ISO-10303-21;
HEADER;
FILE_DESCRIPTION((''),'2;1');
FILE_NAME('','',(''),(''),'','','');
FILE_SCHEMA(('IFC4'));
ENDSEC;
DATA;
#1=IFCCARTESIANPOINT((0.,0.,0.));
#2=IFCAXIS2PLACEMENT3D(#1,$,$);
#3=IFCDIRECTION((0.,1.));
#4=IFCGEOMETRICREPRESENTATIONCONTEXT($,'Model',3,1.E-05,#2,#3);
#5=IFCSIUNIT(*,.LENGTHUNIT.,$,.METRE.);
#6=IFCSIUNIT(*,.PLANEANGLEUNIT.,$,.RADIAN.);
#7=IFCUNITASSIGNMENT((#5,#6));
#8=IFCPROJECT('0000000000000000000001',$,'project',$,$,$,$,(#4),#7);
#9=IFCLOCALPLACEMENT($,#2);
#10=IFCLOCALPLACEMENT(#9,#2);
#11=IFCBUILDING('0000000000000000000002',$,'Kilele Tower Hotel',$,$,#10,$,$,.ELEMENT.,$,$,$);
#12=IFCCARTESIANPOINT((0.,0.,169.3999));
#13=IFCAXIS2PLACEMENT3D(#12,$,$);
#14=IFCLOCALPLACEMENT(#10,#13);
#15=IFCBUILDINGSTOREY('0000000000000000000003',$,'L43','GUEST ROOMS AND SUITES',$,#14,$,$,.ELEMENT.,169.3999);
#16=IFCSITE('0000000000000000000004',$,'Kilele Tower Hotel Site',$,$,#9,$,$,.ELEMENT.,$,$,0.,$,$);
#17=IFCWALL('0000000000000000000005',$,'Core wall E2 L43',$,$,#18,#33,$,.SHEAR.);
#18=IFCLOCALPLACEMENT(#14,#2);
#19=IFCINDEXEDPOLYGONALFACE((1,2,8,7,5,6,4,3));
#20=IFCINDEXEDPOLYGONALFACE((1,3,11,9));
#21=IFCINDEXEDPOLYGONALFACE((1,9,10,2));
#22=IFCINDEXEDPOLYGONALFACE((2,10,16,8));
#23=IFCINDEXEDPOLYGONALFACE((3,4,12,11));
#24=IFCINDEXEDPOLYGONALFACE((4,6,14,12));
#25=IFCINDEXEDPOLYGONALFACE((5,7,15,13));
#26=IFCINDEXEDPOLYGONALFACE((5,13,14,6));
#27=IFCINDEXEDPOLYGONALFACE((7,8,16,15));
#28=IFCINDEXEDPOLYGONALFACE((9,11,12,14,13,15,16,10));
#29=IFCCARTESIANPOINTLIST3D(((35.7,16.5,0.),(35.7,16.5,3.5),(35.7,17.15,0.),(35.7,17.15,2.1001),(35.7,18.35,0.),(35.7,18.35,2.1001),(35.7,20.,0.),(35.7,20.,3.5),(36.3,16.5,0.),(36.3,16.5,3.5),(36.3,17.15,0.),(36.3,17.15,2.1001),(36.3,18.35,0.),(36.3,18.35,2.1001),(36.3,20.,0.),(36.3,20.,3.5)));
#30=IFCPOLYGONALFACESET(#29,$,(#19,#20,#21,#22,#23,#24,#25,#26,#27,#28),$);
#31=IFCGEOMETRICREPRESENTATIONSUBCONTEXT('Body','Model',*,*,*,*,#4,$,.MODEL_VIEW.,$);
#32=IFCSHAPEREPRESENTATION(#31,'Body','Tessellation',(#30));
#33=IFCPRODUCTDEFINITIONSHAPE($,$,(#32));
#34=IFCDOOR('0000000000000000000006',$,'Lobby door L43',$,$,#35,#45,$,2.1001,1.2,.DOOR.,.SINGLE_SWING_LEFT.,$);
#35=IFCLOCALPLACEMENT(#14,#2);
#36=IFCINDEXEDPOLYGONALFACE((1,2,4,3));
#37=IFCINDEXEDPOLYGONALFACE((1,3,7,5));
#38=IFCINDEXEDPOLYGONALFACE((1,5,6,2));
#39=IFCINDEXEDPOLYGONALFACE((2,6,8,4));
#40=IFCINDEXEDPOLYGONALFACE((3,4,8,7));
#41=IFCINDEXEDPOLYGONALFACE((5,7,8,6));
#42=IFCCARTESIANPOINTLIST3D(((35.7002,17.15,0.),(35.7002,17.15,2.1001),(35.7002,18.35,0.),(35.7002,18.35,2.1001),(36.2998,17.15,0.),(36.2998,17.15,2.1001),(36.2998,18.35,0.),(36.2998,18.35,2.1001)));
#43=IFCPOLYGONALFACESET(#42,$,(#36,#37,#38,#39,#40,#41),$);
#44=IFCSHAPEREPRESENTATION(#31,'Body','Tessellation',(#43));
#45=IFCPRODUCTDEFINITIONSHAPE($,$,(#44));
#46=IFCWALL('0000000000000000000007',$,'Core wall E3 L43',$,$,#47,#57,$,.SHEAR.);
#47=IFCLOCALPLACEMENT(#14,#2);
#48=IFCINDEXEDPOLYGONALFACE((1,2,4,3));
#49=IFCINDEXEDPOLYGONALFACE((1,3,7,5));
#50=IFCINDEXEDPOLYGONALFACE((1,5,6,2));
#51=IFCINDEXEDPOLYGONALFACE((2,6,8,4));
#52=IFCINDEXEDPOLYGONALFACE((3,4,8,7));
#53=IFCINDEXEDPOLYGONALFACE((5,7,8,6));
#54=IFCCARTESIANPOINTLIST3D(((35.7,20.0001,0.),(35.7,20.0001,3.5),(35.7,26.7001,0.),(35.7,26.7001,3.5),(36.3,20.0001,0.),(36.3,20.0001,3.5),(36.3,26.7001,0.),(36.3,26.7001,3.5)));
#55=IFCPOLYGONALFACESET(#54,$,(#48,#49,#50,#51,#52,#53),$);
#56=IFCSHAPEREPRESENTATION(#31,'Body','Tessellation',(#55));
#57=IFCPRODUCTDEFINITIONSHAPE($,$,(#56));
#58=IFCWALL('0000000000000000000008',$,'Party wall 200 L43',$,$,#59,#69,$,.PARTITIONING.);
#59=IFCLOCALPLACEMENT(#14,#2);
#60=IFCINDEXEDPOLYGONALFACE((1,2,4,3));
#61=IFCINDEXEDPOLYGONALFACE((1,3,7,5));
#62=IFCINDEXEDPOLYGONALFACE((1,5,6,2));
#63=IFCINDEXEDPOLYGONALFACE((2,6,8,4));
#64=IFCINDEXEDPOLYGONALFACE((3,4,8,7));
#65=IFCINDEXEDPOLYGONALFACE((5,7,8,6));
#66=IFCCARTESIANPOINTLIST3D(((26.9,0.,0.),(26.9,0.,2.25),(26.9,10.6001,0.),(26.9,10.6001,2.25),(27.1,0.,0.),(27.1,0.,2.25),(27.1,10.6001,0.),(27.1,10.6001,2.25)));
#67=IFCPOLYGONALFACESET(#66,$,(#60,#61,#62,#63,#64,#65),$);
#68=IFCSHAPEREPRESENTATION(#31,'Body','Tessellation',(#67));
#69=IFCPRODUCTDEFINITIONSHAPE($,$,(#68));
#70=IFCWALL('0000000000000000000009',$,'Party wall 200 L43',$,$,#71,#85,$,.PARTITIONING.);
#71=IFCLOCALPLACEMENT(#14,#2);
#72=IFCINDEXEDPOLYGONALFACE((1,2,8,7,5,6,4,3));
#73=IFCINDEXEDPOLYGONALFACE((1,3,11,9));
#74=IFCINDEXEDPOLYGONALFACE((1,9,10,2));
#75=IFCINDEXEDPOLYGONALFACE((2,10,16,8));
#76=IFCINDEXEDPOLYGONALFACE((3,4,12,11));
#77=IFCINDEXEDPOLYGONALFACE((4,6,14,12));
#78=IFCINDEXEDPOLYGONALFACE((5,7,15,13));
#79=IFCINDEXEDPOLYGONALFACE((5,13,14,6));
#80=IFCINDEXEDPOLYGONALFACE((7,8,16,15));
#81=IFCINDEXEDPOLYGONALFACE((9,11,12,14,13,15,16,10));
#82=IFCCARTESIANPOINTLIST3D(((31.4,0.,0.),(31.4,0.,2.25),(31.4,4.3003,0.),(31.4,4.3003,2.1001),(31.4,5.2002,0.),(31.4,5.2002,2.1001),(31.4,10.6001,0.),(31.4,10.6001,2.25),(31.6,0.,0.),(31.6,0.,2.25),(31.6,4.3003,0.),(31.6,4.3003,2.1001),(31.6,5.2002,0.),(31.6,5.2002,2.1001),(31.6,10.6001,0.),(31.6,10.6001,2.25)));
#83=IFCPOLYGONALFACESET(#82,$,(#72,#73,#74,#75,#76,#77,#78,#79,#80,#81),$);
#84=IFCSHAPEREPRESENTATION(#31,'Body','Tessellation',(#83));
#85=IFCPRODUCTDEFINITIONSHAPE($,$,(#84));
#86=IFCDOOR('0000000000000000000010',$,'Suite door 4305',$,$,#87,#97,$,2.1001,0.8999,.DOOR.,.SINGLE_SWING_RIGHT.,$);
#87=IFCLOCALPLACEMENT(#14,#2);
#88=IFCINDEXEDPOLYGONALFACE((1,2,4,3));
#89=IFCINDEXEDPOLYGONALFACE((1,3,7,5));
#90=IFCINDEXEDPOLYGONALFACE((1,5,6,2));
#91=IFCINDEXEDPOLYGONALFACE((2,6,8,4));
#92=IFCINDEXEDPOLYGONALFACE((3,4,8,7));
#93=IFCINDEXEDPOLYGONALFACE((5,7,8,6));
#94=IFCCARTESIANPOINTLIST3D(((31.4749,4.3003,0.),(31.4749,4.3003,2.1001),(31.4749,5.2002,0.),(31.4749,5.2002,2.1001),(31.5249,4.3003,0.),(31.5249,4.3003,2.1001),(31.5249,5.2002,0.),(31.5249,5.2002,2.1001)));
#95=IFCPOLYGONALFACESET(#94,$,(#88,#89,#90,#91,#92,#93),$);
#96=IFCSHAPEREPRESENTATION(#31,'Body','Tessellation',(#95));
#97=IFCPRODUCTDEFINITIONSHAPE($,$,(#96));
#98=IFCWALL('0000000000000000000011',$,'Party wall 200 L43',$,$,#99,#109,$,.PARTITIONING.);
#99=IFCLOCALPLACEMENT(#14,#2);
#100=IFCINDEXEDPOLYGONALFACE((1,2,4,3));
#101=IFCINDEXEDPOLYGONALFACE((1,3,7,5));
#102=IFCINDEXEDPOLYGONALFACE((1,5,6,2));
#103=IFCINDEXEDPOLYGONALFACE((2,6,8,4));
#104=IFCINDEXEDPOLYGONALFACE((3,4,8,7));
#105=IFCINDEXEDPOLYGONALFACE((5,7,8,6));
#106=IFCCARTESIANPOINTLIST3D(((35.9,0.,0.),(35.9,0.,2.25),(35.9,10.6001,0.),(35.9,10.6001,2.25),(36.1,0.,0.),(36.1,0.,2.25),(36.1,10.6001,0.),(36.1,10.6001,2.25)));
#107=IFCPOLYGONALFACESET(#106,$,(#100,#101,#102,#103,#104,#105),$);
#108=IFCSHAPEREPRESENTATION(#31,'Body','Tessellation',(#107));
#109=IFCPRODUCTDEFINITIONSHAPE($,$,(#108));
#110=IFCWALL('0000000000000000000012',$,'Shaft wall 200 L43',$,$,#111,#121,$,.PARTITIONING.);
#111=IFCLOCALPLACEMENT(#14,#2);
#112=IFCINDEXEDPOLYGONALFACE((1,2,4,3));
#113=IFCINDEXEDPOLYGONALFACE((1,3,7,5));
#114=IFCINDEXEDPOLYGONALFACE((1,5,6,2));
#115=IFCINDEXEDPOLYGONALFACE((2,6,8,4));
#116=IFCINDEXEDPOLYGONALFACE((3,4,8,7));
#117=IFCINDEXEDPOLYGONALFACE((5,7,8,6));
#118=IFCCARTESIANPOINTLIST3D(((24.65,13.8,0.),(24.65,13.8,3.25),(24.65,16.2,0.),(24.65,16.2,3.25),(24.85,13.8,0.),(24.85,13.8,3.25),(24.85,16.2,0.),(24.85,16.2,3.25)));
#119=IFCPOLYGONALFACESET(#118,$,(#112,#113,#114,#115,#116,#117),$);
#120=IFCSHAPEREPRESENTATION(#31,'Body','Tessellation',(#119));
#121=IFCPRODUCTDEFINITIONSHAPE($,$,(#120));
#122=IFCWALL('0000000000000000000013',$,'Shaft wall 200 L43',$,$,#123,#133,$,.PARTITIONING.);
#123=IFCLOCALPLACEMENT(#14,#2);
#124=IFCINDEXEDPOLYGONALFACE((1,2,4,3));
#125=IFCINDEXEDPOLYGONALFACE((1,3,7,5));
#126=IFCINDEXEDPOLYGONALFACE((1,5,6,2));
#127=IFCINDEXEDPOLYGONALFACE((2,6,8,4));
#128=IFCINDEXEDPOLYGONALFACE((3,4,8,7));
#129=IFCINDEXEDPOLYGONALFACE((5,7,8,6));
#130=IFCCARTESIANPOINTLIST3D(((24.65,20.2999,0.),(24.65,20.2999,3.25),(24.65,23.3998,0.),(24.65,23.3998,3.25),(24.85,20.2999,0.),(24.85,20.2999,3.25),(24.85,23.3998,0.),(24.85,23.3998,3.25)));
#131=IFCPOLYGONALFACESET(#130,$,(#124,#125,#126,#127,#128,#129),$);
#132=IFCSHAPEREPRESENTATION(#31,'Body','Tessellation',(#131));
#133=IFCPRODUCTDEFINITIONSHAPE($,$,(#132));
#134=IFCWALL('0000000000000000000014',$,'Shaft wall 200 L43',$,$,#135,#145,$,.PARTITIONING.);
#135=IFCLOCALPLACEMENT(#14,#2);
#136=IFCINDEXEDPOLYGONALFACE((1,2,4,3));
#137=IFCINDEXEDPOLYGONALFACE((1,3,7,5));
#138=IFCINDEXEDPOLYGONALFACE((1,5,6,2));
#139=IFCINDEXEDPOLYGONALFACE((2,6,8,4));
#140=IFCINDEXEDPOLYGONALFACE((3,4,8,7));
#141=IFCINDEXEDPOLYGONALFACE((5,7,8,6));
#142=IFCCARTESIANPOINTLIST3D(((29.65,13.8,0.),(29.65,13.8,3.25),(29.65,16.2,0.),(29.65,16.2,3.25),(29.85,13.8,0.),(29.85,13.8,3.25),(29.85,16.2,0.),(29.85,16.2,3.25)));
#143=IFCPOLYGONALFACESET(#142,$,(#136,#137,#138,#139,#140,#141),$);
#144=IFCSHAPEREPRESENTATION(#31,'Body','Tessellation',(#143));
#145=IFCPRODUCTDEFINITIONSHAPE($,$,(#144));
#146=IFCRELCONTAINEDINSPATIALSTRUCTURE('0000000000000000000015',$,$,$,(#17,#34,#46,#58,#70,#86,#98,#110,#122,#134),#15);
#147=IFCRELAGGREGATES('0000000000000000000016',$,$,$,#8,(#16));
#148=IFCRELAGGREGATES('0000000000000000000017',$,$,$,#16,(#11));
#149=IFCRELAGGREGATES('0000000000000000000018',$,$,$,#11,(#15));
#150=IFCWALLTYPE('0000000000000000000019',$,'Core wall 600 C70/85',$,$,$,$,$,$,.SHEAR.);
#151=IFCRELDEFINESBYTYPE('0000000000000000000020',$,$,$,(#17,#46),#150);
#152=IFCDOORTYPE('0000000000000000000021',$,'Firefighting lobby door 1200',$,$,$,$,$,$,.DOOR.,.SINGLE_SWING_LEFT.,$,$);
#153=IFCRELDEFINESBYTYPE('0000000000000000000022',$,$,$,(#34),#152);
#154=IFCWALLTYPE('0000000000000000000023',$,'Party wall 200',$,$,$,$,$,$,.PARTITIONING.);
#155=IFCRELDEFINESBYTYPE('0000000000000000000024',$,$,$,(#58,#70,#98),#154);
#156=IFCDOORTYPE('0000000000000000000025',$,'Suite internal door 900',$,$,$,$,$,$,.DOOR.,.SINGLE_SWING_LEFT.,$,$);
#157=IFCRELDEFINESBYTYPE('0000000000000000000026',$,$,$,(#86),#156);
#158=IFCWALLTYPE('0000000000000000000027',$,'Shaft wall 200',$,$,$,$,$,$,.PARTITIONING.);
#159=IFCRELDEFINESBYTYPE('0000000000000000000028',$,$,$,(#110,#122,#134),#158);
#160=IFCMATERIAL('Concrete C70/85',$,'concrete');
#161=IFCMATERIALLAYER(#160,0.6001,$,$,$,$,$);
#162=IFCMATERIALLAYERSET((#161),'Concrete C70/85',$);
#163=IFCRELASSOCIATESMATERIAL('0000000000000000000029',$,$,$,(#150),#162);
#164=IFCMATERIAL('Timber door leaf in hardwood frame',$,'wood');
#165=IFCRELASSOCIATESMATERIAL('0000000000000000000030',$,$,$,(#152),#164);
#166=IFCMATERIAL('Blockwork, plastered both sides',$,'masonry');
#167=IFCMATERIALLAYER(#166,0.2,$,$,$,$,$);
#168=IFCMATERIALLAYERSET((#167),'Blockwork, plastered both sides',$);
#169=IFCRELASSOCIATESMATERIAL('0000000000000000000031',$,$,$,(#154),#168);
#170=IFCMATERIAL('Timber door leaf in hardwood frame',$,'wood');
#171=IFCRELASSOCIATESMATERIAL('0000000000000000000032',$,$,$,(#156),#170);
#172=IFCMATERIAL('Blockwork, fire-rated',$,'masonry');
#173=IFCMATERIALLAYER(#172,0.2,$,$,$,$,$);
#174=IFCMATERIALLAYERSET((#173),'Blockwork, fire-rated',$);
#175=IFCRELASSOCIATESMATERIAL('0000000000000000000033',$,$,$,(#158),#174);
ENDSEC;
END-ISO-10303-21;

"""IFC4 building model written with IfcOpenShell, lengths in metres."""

from ifc_helpers import new_model, si_unit, direction, frame, frame_2d, origin, place, context, subcontext, project, spatial, rectangle, extrude, material, layer, layer_set, type_object, element, fill, save


model = new_model("IFC4")

# Units and contexts
model_context = context("Model", 3, precision=1e-05, world=origin(), true_north=direction((0.0, 1.0)))
body_context = subcontext(model_context, "Body", "Model", "MODEL_VIEW")
ifc_project = project(units=[si_unit("LENGTHUNIT", "METRE"), si_unit("PLANEANGLEUNIT", "RADIAN")], contexts=[model_context])

# Site, building, storey
site_placement = place(None, origin())
site = spatial("IfcSite", under=ifc_project, at=site_placement, Name="Kilele Tower Hotel Site", CompositionType="ELEMENT", RefElevation=0.0)
building_placement = place(site_placement, origin())
building = spatial("IfcBuilding", under=site, at=building_placement, Name="Kilele Tower Hotel", CompositionType="ELEMENT")
storey_placement = place(building_placement, frame((0.0, 0.0, 169.3999)))
storey = spatial("IfcBuildingStorey", under=building, at=storey_placement, Name="L43", Description="GUEST ROOMS AND SUITES", CompositionType="ELEMENT", Elevation=169.3999)

# Shared definitions
ifc_material_1 = material(Name="Concrete C70/85", Category="concrete")
ifc_layer_1 = layer(ifc_material_1, 0.6001)
ifc_layer_set_1 = layer_set([ifc_layer_1], Name="Concrete C70/85")
wall_type_1 = type_object("IfcWallType", Name="Core wall 600 C70/85", PredefinedType="SHEAR", material=ifc_layer_set_1)
ifc_material_2 = material(Name="Timber door leaf in hardwood frame", Category="wood")
door_type_1 = type_object("IfcDoorType", Name="Firefighting lobby door 1200", OperationType="SINGLE_SWING_LEFT", PredefinedType="DOOR", material=ifc_material_2)

# Wall, opening, door
wall_1_placement = place(storey_placement, frame((36.0, 16.5, 0.0), z_axis=(0.0, 0.0, 1.0), x_axis=(0.0, 1.0, 0.0)))
wall_1 = element("IfcWall", 1, at=wall_1_placement, inside=storey, type_object=wall_type_1, Name="Core wall E2 L43", PredefinedType="SHEAR", context=body_context, shape_type="SweptSolid", body=[
    extrude(rectangle(XDim=3.5, YDim=0.6001, at=frame_2d((1.75, 0.0))), origin(), (0.0, 0.0, 1.0), 3.5),
])
opening_1_placement = place(wall_1_placement, frame((0.6499, 0.0, 0.0)))
opening_1 = element("IfcOpeningElement", 2, at=opening_1_placement, cuts=wall_1, PredefinedType="OPENING", context=body_context, shape_type="SweptSolid", body=[
    extrude(rectangle(XDim=1.2, YDim=2.1001, at=frame_2d((0.6001, 1.05))), frame((0.0, 0.3101, 0.0), z_axis=(0.0, -1.0, 0.0), x_axis=(1.0, 0.0, 0.0)), (0.0, 0.0, 1.0), 0.6201),
])
door_1_placement = place(opening_1_placement, origin())
door_1 = element("IfcDoor", 3, at=door_1_placement, inside=storey, type_object=door_type_1, Name="Lobby door L43", OperationType="SINGLE_SWING_LEFT", OverallHeight=2.1001, OverallWidth=1.2, PredefinedType="DOOR", context=body_context, shape_type="SweptSolid", body=[
    extrude(rectangle(XDim=1.2, YDim=2.1001, at=frame_2d((0.6001, 1.05))), frame((0.0, 0.2998, 0.0), z_axis=(0.0, -1.0, 0.0), x_axis=(1.0, 0.0, 0.0)), (0.0, 0.0, 1.0), 0.5996),
])
fill(opening_1, door_1)

# Walls
wall_2_placement = place(storey_placement, frame((36.0, 20.0, 0.0), z_axis=(0.0, 0.0, 1.0), x_axis=(0.0, 1.0, 0.0)))
element("IfcWall", 4, at=wall_2_placement, inside=storey, type_object=wall_type_1, Name="Core wall E3 L43", PredefinedType="SHEAR", context=body_context, shape_type="SweptSolid", body=[
    extrude(rectangle(XDim=6.7, YDim=0.6001, at=frame_2d((3.3501, 0.0))), origin(), (0.0, 0.0, 1.0), 3.5),
])
ifc_material_3 = material(Name="Blockwork, plastered both sides", Category="masonry")
ifc_layer_2 = layer(ifc_material_3, 0.2)
ifc_layer_set_2 = layer_set([ifc_layer_2], Name="Blockwork, plastered both sides")
wall_type_2 = type_object("IfcWallType", Name="Party wall 200", PredefinedType="PARTITIONING", material=ifc_layer_set_2)
wall_3_placement = place(storey_placement, frame((27.0, 10.6001, 0.0), z_axis=(0.0, 0.0, 1.0), x_axis=(0.0, -1.0, 0.0)))
element("IfcWall", 5, at=wall_3_placement, inside=storey, type_object=wall_type_2, Name="Party wall 200 L43", PredefinedType="PARTITIONING", context=body_context, shape_type="SweptSolid", body=[
    extrude(rectangle(XDim=10.6001, YDim=0.2, at=frame_2d((5.3, 0.0))), origin(), (0.0, 0.0, 1.0), 2.25),
])

# Wall, opening, door
wall_4_placement = place(storey_placement, frame((31.5, 10.6001, 0.0), z_axis=(0.0, 0.0, 1.0), x_axis=(0.0, -1.0, 0.0)))
wall_4 = element("IfcWall", 6, at=wall_4_placement, inside=storey, type_object=wall_type_2, Name="Party wall 200 L43", PredefinedType="PARTITIONING", context=body_context, shape_type="SweptSolid", body=[
    extrude(rectangle(XDim=10.6001, YDim=0.2, at=frame_2d((5.3, 0.0))), origin(), (0.0, 0.0, 1.0), 2.25),
])
opening_2_placement = place(wall_4_placement, frame((5.3999, 0.0, 0.0)))
opening_2 = element("IfcOpeningElement", 7, at=opening_2_placement, cuts=wall_4, PredefinedType="OPENING", context=body_context, shape_type="SweptSolid", body=[
    extrude(rectangle(XDim=0.8999, YDim=2.1001, at=frame_2d((0.45, 1.05))), frame((0.0, 0.1099, 0.0), z_axis=(0.0, -1.0, 0.0), x_axis=(1.0, 0.0, 0.0)), (0.0, 0.0, 1.0), 0.22),
])
ifc_material_4 = material(Name="Timber door leaf in hardwood frame", Category="wood")
door_type_2 = type_object("IfcDoorType", Name="Suite internal door 900", OperationType="SINGLE_SWING_LEFT", PredefinedType="DOOR", material=ifc_material_4)
door_2_placement = place(opening_2_placement, origin())
door_2 = element("IfcDoor", 8, at=door_2_placement, inside=storey, type_object=door_type_2, Name="Suite door 4305", OperationType="SINGLE_SWING_RIGHT", OverallHeight=2.1001, OverallWidth=0.8999, PredefinedType="DOOR", context=body_context, shape_type="SweptSolid", body=[
    extrude(rectangle(XDim=0.8999, YDim=2.1001, at=frame_2d((0.45, 1.05))), frame((0.0, 0.0249, 0.0), z_axis=(0.0, -1.0, 0.0), x_axis=(1.0, 0.0, 0.0)), (0.0, 0.0, 1.0), 0.05),
])
fill(opening_2, door_2)

# Walls
wall_5_placement = place(storey_placement, frame((36.0, 10.6001, 0.0), z_axis=(0.0, 0.0, 1.0), x_axis=(0.0, -1.0, 0.0)))
element("IfcWall", 9, at=wall_5_placement, inside=storey, type_object=wall_type_2, Name="Party wall 200 L43", PredefinedType="PARTITIONING", context=body_context, shape_type="SweptSolid", body=[
    extrude(rectangle(XDim=10.6001, YDim=0.2, at=frame_2d((5.3, 0.0))), origin(), (0.0, 0.0, 1.0), 2.25),
])
ifc_material_5 = material(Name="Blockwork, fire-rated", Category="masonry")
ifc_layer_3 = layer(ifc_material_5, 0.2)
ifc_layer_set_3 = layer_set([ifc_layer_3], Name="Blockwork, fire-rated")
wall_type_3 = type_object("IfcWallType", Name="Shaft wall 200", PredefinedType="PARTITIONING", material=ifc_layer_set_3)
wall_6_placement = place(storey_placement, frame((24.75, 13.8, 0.0), z_axis=(0.0, 0.0, 1.0), x_axis=(0.0, 1.0, 0.0)))
element("IfcWall", 10, at=wall_6_placement, inside=storey, type_object=wall_type_3, Name="Shaft wall 200 L43", PredefinedType="PARTITIONING", context=body_context, shape_type="SweptSolid", body=[
    extrude(rectangle(XDim=2.3999, YDim=0.2, at=frame_2d((1.2, 0.0))), origin(), (0.0, 0.0, 1.0), 3.25),
])
wall_7_placement = place(storey_placement, frame((24.75, 20.3, 0.0), z_axis=(0.0, 0.0, 1.0), x_axis=(0.0, 1.0, 0.0)))
element("IfcWall", 11, at=wall_7_placement, inside=storey, type_object=wall_type_3, Name="Shaft wall 200 L43", PredefinedType="PARTITIONING", context=body_context, shape_type="SweptSolid", body=[
    extrude(rectangle(XDim=3.0999, YDim=0.2, at=frame_2d((1.5498, 0.0))), origin(), (0.0, 0.0, 1.0), 3.25),
])
wall_8_placement = place(storey_placement, frame((29.75, 13.8, 0.0), z_axis=(0.0, 0.0, 1.0), x_axis=(0.0, 1.0, 0.0)))
element("IfcWall", 12, at=wall_8_placement, inside=storey, type_object=wall_type_3, Name="Shaft wall 200 L43", PredefinedType="PARTITIONING", context=body_context, shape_type="SweptSolid", body=[
    extrude(rectangle(XDim=2.3999, YDim=0.2, at=frame_2d((1.2, 0.0))), origin(), (0.0, 0.0, 1.0), 3.25),
])

save(model, "model.ifc")
